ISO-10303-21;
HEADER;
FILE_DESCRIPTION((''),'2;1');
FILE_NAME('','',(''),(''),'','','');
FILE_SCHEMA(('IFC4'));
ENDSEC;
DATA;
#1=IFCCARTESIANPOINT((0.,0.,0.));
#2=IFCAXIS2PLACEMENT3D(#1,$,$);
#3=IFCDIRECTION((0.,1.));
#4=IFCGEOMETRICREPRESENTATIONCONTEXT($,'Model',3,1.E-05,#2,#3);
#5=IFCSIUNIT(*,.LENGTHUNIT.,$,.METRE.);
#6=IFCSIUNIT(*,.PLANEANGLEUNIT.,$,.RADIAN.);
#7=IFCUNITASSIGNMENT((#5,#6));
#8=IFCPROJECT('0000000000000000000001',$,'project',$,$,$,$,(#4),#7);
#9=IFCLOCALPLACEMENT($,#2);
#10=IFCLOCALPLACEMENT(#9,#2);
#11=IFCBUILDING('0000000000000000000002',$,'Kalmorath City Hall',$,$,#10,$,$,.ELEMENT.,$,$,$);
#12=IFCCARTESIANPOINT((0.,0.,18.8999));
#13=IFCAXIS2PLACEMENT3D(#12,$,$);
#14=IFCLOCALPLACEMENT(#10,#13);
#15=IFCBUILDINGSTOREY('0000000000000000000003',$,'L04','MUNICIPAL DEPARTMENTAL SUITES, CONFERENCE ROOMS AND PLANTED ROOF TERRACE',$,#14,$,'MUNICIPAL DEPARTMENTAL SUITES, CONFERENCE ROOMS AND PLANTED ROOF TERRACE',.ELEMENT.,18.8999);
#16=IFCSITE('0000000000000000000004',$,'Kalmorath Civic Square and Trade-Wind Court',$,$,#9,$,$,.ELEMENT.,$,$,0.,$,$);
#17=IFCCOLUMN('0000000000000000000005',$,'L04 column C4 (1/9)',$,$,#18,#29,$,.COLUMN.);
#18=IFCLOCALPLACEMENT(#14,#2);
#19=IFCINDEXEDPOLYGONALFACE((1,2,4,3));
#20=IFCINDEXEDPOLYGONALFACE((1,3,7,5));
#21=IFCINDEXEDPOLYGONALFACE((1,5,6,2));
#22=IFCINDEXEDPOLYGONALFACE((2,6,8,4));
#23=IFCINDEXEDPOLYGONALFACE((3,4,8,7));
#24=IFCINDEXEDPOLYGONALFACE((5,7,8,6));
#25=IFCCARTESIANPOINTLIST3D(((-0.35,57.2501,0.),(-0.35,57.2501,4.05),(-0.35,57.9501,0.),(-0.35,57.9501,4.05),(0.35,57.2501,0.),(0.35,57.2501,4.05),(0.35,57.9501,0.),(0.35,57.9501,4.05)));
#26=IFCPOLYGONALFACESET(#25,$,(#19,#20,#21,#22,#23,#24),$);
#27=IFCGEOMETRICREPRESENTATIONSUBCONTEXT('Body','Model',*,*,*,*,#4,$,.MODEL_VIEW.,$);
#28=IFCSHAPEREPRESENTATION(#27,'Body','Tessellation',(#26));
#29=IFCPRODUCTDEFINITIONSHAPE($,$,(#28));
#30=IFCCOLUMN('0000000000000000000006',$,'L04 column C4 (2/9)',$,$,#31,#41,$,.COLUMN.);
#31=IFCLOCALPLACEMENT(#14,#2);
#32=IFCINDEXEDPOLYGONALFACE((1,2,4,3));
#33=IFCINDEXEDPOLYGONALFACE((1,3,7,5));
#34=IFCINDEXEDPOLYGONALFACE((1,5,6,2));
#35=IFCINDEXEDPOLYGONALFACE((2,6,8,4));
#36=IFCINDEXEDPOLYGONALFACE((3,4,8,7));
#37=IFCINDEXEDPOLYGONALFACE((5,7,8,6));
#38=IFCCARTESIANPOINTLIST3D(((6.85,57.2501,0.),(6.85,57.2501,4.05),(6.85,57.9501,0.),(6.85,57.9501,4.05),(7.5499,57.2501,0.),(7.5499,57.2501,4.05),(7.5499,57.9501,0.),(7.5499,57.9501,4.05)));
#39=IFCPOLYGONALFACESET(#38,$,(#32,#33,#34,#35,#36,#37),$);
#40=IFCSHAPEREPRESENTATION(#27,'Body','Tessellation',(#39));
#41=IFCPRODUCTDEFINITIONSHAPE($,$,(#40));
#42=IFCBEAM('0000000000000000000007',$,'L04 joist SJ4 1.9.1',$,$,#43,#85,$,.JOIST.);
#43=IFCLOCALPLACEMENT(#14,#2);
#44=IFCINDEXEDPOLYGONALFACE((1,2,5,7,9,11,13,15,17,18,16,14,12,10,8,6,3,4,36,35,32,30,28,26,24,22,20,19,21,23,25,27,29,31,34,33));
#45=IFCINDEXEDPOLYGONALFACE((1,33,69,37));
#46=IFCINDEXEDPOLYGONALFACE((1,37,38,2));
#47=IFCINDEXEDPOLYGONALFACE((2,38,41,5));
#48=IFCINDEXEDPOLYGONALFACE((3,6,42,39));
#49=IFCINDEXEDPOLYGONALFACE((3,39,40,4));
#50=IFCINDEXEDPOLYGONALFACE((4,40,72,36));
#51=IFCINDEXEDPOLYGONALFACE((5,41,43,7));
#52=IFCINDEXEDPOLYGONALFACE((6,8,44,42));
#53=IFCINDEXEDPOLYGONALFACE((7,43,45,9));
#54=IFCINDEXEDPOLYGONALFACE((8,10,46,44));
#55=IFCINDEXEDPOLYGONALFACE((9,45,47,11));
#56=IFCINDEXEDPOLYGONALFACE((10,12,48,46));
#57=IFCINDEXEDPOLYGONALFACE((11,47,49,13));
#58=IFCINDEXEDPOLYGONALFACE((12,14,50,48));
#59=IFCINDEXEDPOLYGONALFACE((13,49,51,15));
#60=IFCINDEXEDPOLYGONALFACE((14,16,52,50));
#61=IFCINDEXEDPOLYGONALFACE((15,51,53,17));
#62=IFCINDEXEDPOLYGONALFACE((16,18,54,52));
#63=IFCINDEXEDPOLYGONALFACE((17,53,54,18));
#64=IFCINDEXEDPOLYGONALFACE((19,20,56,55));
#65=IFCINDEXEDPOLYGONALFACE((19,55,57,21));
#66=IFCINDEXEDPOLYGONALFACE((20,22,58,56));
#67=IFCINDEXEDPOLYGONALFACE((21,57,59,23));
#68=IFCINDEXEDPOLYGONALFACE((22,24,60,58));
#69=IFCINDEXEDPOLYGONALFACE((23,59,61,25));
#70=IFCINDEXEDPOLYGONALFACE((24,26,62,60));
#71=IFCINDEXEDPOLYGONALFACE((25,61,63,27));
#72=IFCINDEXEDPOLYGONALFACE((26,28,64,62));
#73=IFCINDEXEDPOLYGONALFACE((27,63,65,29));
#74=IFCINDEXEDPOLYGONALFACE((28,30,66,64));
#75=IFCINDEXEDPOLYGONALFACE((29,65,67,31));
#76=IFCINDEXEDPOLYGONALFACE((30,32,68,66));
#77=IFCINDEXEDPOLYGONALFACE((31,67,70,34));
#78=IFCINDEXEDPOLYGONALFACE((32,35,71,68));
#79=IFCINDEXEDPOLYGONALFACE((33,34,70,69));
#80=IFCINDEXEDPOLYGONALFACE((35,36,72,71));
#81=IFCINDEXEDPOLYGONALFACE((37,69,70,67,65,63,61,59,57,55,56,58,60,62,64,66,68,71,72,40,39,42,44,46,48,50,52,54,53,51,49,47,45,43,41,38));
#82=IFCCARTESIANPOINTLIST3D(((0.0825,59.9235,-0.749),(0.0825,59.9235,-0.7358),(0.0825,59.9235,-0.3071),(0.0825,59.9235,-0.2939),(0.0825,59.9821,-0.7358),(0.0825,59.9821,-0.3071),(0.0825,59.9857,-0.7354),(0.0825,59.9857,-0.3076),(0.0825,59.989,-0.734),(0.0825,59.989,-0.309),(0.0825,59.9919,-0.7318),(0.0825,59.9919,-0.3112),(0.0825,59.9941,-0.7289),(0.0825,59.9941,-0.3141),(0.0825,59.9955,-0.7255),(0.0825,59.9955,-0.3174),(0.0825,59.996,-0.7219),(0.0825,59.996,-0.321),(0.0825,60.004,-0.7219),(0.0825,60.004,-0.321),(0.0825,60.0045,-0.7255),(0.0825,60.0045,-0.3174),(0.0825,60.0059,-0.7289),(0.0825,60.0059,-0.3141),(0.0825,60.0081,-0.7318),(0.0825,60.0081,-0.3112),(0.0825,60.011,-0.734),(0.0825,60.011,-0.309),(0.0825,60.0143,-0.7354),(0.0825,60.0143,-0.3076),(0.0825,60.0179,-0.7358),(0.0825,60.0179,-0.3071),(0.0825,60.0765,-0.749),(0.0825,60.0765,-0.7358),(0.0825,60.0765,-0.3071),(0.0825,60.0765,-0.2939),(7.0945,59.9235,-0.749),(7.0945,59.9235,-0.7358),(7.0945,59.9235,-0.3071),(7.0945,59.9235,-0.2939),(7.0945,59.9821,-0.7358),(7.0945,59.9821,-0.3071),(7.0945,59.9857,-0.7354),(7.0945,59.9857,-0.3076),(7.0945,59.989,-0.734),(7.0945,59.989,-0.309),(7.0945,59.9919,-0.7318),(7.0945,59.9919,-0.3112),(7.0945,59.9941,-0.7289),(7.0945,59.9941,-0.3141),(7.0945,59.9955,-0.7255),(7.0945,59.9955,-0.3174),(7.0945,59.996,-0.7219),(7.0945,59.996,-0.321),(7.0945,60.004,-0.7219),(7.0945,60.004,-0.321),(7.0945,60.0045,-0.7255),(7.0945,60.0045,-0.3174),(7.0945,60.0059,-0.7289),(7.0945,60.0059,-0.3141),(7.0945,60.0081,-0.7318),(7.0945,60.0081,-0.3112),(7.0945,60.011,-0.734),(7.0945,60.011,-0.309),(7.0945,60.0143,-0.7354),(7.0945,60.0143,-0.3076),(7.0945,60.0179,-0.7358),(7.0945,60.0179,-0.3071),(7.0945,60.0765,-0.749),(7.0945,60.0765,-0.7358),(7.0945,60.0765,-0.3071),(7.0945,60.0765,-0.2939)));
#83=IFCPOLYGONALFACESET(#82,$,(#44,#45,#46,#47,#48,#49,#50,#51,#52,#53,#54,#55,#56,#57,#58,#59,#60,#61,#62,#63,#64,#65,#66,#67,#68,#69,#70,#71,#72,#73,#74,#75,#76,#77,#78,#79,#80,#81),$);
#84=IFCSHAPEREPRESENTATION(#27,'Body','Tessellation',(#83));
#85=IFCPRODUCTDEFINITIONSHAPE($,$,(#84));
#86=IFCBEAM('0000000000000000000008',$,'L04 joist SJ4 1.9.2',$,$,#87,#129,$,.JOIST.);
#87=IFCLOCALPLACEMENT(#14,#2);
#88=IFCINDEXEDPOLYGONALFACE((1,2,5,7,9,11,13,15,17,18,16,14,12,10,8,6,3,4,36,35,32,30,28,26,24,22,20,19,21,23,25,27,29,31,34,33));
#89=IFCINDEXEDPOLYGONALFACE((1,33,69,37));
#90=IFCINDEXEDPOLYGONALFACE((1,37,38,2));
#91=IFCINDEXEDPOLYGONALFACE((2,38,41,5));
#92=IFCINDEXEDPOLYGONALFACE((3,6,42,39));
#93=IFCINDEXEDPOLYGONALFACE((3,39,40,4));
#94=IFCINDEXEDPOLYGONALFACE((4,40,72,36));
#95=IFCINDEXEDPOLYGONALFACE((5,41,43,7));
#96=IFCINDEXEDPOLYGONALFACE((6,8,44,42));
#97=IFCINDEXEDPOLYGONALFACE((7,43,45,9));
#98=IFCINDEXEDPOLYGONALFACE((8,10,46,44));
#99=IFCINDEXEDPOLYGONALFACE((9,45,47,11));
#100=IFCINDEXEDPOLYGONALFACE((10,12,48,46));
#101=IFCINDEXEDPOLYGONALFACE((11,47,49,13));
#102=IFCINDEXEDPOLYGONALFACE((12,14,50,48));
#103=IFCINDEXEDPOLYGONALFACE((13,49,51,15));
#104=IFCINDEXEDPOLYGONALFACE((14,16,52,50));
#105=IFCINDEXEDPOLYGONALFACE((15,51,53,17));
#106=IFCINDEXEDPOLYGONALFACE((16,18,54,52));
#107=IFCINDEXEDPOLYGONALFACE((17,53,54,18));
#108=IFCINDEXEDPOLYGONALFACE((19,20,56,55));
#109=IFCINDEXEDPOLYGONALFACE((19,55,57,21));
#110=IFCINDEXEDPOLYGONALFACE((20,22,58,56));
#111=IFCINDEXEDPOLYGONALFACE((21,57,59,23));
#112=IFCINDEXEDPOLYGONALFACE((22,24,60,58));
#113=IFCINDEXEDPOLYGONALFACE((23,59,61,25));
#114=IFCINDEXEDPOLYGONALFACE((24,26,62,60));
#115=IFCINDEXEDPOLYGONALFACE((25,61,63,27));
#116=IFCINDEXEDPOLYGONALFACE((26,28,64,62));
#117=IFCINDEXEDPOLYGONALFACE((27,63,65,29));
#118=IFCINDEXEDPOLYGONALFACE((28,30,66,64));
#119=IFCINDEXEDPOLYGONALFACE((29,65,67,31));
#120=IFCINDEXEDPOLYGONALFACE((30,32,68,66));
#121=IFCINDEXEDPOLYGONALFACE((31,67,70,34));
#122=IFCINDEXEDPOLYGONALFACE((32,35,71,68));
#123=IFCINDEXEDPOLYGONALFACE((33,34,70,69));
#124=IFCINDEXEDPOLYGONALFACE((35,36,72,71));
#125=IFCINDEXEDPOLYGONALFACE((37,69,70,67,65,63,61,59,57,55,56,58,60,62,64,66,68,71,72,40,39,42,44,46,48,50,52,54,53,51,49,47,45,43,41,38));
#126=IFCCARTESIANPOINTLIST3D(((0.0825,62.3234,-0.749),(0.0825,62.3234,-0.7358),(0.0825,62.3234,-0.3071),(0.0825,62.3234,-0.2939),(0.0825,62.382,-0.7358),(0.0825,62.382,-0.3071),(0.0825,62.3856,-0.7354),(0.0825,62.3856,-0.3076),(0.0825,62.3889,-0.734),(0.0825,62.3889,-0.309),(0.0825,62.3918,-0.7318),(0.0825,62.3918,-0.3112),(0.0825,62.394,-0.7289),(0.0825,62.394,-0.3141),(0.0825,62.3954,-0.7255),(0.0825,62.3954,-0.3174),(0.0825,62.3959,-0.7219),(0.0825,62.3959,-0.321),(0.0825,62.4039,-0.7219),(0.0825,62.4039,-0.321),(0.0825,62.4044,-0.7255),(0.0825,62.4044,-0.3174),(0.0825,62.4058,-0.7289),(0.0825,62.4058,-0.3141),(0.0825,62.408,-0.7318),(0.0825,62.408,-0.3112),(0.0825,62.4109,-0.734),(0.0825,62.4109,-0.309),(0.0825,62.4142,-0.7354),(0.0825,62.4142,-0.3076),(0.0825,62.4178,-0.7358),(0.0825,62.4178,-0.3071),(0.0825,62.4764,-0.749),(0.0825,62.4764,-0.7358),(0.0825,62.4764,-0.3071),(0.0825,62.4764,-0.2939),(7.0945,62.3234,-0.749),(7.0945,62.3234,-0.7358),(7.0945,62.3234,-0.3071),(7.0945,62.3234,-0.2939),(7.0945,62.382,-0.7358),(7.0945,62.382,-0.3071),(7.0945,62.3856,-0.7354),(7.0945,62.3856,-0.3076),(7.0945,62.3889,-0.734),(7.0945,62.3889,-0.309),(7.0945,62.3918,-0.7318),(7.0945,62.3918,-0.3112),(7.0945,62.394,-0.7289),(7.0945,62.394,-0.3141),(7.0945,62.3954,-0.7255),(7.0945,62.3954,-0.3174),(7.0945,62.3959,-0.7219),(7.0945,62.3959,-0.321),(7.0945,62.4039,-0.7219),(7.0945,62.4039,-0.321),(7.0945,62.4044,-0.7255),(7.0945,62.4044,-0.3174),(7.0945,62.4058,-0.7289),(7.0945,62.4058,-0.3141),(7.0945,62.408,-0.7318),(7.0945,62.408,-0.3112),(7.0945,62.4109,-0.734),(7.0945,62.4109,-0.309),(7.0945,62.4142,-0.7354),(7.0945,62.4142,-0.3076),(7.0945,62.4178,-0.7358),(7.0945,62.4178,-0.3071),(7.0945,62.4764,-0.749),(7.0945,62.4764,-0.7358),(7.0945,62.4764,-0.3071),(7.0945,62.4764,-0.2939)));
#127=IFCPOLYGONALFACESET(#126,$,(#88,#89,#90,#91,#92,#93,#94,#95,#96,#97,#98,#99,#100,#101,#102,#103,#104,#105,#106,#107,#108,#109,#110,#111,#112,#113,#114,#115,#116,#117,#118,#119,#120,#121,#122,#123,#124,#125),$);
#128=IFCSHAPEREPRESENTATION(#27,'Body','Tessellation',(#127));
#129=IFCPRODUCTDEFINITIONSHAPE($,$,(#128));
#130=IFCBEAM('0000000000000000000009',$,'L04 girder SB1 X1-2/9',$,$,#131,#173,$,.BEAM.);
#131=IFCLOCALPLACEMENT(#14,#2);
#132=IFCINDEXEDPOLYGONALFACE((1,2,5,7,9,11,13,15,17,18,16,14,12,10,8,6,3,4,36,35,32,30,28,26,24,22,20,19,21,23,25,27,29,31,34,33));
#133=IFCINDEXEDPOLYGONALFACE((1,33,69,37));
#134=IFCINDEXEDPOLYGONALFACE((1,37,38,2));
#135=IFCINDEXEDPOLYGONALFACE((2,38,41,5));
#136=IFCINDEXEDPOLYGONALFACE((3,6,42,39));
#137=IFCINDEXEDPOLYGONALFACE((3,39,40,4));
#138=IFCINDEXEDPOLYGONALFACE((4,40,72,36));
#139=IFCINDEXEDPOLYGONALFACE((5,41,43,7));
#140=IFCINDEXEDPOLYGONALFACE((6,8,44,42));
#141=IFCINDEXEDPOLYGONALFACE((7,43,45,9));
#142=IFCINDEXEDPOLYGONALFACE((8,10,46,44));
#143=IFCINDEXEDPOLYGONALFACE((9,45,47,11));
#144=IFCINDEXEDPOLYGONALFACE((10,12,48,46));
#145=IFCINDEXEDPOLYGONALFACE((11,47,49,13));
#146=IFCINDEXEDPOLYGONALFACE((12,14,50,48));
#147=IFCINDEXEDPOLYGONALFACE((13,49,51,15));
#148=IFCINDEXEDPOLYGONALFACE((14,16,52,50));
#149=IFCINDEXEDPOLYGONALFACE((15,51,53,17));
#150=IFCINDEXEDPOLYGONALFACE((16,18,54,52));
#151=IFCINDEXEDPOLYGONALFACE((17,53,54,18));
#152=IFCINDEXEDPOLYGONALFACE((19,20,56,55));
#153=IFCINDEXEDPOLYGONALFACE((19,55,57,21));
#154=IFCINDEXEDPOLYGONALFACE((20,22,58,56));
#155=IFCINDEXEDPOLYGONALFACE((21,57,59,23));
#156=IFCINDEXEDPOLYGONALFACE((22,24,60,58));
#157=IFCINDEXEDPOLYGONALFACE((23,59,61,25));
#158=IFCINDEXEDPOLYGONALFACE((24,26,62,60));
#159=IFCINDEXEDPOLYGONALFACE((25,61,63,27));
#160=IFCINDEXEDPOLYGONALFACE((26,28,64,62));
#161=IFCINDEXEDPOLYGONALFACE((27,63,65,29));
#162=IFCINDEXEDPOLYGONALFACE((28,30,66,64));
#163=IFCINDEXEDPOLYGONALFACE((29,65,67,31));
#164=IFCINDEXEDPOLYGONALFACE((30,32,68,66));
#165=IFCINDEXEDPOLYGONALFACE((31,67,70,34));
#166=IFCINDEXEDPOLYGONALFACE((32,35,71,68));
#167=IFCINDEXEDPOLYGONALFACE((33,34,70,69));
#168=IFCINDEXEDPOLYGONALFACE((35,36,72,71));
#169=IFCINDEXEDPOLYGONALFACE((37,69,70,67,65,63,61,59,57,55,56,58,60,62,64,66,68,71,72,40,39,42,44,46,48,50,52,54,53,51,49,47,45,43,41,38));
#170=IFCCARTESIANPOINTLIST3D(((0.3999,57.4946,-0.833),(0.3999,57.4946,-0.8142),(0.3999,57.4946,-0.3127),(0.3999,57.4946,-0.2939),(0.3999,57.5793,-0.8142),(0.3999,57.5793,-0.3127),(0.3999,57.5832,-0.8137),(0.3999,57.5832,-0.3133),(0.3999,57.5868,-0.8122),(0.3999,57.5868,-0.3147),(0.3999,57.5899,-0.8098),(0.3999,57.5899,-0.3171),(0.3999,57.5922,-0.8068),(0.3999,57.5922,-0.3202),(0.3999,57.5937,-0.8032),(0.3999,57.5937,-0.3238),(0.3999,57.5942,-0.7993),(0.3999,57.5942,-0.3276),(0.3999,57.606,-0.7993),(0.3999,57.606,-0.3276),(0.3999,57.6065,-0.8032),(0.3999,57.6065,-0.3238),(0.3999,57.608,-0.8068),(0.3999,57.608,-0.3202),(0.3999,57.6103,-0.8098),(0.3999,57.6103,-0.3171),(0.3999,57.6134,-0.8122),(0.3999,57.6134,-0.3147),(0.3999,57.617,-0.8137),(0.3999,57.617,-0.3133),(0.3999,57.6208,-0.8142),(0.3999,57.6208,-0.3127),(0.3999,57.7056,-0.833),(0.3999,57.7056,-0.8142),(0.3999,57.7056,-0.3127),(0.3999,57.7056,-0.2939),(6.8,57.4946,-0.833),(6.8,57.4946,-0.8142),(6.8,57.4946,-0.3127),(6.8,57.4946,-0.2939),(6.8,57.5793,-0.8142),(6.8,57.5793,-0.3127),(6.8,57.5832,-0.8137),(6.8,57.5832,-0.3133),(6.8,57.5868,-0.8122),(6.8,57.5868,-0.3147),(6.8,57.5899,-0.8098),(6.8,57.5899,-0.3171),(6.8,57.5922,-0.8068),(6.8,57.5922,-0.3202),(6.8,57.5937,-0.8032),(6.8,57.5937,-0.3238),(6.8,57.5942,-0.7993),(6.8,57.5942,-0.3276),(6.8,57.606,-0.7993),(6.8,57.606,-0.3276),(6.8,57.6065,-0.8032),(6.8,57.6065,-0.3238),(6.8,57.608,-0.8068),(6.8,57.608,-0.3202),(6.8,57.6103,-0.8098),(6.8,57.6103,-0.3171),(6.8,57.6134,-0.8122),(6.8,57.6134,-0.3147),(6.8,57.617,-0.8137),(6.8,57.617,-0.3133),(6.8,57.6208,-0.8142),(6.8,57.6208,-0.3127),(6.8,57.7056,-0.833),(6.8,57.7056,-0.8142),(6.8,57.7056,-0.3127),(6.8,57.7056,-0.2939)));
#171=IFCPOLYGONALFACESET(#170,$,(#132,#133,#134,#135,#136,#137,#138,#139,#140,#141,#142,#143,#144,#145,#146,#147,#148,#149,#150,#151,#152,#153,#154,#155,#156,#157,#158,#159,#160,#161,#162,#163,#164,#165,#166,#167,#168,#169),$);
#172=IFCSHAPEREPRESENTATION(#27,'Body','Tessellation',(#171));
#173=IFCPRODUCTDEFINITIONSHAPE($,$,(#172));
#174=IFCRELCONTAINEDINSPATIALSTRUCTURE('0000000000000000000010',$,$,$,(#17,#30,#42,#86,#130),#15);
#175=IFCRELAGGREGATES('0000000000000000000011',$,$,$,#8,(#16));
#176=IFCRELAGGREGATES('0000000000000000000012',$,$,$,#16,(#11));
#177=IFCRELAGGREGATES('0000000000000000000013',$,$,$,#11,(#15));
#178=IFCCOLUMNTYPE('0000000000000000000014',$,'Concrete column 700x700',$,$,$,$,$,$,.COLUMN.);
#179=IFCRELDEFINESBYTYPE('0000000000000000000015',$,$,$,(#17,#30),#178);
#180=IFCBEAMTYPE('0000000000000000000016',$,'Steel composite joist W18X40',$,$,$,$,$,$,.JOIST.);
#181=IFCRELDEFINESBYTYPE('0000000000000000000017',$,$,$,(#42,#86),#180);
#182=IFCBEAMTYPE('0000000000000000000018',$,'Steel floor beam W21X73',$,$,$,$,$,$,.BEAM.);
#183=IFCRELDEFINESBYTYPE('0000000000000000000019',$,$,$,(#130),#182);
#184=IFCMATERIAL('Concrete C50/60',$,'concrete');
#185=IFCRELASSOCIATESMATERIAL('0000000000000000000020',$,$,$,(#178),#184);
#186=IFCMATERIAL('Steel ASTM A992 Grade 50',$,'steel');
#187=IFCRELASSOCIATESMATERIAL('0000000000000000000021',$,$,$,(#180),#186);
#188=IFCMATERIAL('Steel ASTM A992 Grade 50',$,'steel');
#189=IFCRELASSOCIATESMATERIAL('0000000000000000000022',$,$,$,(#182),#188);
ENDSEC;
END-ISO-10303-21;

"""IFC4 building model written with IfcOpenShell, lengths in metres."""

from ifc_helpers import new_model, si_unit, direction, frame, origin, origin_2d, place, context, subcontext, project, spatial, rectangle, i_section, extrude, material, material_profile, profile_set, type_object, element, save


model = new_model("IFC4")

# Units and contexts
model_context = context("Model", 3, precision=1e-05, world=origin(), true_north=direction((0.0, 1.0)))
body_context = subcontext(model_context, "Body", "Model", "MODEL_VIEW")
ifc_project = project(units=[si_unit("LENGTHUNIT", "METRE"), si_unit("PLANEANGLEUNIT", "RADIAN")], contexts=[model_context])

# Site, building, storey
site_placement = place(None, origin())
site = spatial("IfcSite", under=ifc_project, at=site_placement, Name="Kalmorath Civic Square and Trade-Wind Court", CompositionType="ELEMENT", RefElevation=0.0)
building_placement = place(site_placement, origin())
building = spatial("IfcBuilding", under=site, at=building_placement, Name="Kalmorath City Hall", CompositionType="ELEMENT")
storey_placement = place(building_placement, frame((0.0, 0.0, 18.8999)))
storey = spatial("IfcBuildingStorey", under=building, at=storey_placement, Name="L04", Description="MUNICIPAL DEPARTMENTAL SUITES, CONFERENCE ROOMS AND PLANTED ROOF TERRACE", LongName="MUNICIPAL DEPARTMENTAL SUITES, CONFERENCE ROOMS AND PLANTED ROOF TERRACE", CompositionType="ELEMENT", Elevation=18.8999)

# Columns
ifc_material_1 = material(Name="Concrete C50/60", Category="concrete")
ifc_material_profile_1 = material_profile(ifc_material_1, rectangle(XDim=0.7, YDim=0.7, at=origin_2d()), Name="RC-COL-700X700")
ifc_profile_set_1 = profile_set([ifc_material_profile_1], Name="Concrete C50/60")
column_type = type_object("IfcColumnType", Name="Concrete column 700x700", PredefinedType="COLUMN", material=ifc_profile_set_1)
for number, where, z_axis, x_axis, name in (
    (1, (0.0, 57.6001, 0.0), (0.0, 0.0, 1.0), (1.0, 0.0, 0.0), "L04 column C4 (1/9)"),
    (2, (7.2, 57.6001, 0.0), (0.0, 0.0, 1.0), (1.0, 0.0, 0.0), "L04 column C4 (2/9)"),
):
    element("IfcColumn", number, at=place(storey_placement, frame(where, z_axis=z_axis, x_axis=x_axis)), inside=storey, type_object=column_type, Name=name, PredefinedType="COLUMN", context=body_context, shape_type="SweptSolid", body=[
        extrude(rectangle(XDim=0.7, YDim=0.7, at=origin_2d()), origin(), (0.0, 0.0, 1.0), 4.05),
    ])

# Beams
ifc_material_2 = material(Name="Steel ASTM A992 Grade 50", Category="steel")
ifc_material_profile_2 = material_profile(ifc_material_2, i_section(OverallWidth=0.1531, OverallDepth=0.4551, WebThickness=0.0081, FlangeThickness=0.0132, FilletRadius=0.0139, at=origin_2d()), Name="W18X40")
ifc_profile_set_2 = profile_set([ifc_material_profile_2], Name="Steel ASTM A992 Grade 50")
beam_type_1 = type_object("IfcBeamType", Name="Steel composite joist W18X40", PredefinedType="JOIST", material=ifc_profile_set_2)
for number, where, z_axis, x_axis, name in (
    (3, (0.0825, 60.0, -0.5215), (1.0, 0.0, 0.0), (0.0, 1.0, 0.0), "L04 joist SJ4 1.9.1"),
    (4, (0.0825, 62.3999, -0.5215), (1.0, 0.0, 0.0), (0.0, 1.0, 0.0), "L04 joist SJ4 1.9.2"),
):
    element("IfcBeam", number, at=place(storey_placement, frame(where, z_axis=z_axis, x_axis=x_axis)), inside=storey, type_object=beam_type_1, Name=name, PredefinedType="JOIST", context=body_context, shape_type="SweptSolid", body=[
        extrude(i_section(OverallWidth=0.1531, OverallDepth=0.4551, WebThickness=0.0081, FlangeThickness=0.0132, FilletRadius=0.0139, at=origin_2d()), origin(), (0.0, 0.0, 1.0), 7.012),
    ])
ifc_material_3 = material(Name="Steel ASTM A992 Grade 50", Category="steel")
ifc_material_profile_3 = material_profile(ifc_material_3, i_section(OverallWidth=0.2109, OverallDepth=0.5391, WebThickness=0.0117, FlangeThickness=0.0188, FilletRadius=0.0149, at=origin_2d()), Name="W21X73")
ifc_profile_set_3 = profile_set([ifc_material_profile_3], Name="Steel ASTM A992 Grade 50")
beam_type_2 = type_object("IfcBeamType", Name="Steel floor beam W21X73", PredefinedType="BEAM", material=ifc_profile_set_3)
beam_1_placement = place(storey_placement, frame((0.3999, 57.6001, -0.5635), z_axis=(1.0, 0.0, 0.0), x_axis=(0.0, 1.0, 0.0)))
element("IfcBeam", 5, at=beam_1_placement, inside=storey, type_object=beam_type_2, Name="L04 girder SB1 X1-2/9", PredefinedType="BEAM", context=body_context, shape_type="SweptSolid", body=[
    extrude(i_section(OverallWidth=0.2109, OverallDepth=0.5391, WebThickness=0.0117, FlangeThickness=0.0188, FilletRadius=0.0149, at=origin_2d()), origin(), (0.0, 0.0, 1.0), 6.4001),
])

save(model, "model.ifc")
